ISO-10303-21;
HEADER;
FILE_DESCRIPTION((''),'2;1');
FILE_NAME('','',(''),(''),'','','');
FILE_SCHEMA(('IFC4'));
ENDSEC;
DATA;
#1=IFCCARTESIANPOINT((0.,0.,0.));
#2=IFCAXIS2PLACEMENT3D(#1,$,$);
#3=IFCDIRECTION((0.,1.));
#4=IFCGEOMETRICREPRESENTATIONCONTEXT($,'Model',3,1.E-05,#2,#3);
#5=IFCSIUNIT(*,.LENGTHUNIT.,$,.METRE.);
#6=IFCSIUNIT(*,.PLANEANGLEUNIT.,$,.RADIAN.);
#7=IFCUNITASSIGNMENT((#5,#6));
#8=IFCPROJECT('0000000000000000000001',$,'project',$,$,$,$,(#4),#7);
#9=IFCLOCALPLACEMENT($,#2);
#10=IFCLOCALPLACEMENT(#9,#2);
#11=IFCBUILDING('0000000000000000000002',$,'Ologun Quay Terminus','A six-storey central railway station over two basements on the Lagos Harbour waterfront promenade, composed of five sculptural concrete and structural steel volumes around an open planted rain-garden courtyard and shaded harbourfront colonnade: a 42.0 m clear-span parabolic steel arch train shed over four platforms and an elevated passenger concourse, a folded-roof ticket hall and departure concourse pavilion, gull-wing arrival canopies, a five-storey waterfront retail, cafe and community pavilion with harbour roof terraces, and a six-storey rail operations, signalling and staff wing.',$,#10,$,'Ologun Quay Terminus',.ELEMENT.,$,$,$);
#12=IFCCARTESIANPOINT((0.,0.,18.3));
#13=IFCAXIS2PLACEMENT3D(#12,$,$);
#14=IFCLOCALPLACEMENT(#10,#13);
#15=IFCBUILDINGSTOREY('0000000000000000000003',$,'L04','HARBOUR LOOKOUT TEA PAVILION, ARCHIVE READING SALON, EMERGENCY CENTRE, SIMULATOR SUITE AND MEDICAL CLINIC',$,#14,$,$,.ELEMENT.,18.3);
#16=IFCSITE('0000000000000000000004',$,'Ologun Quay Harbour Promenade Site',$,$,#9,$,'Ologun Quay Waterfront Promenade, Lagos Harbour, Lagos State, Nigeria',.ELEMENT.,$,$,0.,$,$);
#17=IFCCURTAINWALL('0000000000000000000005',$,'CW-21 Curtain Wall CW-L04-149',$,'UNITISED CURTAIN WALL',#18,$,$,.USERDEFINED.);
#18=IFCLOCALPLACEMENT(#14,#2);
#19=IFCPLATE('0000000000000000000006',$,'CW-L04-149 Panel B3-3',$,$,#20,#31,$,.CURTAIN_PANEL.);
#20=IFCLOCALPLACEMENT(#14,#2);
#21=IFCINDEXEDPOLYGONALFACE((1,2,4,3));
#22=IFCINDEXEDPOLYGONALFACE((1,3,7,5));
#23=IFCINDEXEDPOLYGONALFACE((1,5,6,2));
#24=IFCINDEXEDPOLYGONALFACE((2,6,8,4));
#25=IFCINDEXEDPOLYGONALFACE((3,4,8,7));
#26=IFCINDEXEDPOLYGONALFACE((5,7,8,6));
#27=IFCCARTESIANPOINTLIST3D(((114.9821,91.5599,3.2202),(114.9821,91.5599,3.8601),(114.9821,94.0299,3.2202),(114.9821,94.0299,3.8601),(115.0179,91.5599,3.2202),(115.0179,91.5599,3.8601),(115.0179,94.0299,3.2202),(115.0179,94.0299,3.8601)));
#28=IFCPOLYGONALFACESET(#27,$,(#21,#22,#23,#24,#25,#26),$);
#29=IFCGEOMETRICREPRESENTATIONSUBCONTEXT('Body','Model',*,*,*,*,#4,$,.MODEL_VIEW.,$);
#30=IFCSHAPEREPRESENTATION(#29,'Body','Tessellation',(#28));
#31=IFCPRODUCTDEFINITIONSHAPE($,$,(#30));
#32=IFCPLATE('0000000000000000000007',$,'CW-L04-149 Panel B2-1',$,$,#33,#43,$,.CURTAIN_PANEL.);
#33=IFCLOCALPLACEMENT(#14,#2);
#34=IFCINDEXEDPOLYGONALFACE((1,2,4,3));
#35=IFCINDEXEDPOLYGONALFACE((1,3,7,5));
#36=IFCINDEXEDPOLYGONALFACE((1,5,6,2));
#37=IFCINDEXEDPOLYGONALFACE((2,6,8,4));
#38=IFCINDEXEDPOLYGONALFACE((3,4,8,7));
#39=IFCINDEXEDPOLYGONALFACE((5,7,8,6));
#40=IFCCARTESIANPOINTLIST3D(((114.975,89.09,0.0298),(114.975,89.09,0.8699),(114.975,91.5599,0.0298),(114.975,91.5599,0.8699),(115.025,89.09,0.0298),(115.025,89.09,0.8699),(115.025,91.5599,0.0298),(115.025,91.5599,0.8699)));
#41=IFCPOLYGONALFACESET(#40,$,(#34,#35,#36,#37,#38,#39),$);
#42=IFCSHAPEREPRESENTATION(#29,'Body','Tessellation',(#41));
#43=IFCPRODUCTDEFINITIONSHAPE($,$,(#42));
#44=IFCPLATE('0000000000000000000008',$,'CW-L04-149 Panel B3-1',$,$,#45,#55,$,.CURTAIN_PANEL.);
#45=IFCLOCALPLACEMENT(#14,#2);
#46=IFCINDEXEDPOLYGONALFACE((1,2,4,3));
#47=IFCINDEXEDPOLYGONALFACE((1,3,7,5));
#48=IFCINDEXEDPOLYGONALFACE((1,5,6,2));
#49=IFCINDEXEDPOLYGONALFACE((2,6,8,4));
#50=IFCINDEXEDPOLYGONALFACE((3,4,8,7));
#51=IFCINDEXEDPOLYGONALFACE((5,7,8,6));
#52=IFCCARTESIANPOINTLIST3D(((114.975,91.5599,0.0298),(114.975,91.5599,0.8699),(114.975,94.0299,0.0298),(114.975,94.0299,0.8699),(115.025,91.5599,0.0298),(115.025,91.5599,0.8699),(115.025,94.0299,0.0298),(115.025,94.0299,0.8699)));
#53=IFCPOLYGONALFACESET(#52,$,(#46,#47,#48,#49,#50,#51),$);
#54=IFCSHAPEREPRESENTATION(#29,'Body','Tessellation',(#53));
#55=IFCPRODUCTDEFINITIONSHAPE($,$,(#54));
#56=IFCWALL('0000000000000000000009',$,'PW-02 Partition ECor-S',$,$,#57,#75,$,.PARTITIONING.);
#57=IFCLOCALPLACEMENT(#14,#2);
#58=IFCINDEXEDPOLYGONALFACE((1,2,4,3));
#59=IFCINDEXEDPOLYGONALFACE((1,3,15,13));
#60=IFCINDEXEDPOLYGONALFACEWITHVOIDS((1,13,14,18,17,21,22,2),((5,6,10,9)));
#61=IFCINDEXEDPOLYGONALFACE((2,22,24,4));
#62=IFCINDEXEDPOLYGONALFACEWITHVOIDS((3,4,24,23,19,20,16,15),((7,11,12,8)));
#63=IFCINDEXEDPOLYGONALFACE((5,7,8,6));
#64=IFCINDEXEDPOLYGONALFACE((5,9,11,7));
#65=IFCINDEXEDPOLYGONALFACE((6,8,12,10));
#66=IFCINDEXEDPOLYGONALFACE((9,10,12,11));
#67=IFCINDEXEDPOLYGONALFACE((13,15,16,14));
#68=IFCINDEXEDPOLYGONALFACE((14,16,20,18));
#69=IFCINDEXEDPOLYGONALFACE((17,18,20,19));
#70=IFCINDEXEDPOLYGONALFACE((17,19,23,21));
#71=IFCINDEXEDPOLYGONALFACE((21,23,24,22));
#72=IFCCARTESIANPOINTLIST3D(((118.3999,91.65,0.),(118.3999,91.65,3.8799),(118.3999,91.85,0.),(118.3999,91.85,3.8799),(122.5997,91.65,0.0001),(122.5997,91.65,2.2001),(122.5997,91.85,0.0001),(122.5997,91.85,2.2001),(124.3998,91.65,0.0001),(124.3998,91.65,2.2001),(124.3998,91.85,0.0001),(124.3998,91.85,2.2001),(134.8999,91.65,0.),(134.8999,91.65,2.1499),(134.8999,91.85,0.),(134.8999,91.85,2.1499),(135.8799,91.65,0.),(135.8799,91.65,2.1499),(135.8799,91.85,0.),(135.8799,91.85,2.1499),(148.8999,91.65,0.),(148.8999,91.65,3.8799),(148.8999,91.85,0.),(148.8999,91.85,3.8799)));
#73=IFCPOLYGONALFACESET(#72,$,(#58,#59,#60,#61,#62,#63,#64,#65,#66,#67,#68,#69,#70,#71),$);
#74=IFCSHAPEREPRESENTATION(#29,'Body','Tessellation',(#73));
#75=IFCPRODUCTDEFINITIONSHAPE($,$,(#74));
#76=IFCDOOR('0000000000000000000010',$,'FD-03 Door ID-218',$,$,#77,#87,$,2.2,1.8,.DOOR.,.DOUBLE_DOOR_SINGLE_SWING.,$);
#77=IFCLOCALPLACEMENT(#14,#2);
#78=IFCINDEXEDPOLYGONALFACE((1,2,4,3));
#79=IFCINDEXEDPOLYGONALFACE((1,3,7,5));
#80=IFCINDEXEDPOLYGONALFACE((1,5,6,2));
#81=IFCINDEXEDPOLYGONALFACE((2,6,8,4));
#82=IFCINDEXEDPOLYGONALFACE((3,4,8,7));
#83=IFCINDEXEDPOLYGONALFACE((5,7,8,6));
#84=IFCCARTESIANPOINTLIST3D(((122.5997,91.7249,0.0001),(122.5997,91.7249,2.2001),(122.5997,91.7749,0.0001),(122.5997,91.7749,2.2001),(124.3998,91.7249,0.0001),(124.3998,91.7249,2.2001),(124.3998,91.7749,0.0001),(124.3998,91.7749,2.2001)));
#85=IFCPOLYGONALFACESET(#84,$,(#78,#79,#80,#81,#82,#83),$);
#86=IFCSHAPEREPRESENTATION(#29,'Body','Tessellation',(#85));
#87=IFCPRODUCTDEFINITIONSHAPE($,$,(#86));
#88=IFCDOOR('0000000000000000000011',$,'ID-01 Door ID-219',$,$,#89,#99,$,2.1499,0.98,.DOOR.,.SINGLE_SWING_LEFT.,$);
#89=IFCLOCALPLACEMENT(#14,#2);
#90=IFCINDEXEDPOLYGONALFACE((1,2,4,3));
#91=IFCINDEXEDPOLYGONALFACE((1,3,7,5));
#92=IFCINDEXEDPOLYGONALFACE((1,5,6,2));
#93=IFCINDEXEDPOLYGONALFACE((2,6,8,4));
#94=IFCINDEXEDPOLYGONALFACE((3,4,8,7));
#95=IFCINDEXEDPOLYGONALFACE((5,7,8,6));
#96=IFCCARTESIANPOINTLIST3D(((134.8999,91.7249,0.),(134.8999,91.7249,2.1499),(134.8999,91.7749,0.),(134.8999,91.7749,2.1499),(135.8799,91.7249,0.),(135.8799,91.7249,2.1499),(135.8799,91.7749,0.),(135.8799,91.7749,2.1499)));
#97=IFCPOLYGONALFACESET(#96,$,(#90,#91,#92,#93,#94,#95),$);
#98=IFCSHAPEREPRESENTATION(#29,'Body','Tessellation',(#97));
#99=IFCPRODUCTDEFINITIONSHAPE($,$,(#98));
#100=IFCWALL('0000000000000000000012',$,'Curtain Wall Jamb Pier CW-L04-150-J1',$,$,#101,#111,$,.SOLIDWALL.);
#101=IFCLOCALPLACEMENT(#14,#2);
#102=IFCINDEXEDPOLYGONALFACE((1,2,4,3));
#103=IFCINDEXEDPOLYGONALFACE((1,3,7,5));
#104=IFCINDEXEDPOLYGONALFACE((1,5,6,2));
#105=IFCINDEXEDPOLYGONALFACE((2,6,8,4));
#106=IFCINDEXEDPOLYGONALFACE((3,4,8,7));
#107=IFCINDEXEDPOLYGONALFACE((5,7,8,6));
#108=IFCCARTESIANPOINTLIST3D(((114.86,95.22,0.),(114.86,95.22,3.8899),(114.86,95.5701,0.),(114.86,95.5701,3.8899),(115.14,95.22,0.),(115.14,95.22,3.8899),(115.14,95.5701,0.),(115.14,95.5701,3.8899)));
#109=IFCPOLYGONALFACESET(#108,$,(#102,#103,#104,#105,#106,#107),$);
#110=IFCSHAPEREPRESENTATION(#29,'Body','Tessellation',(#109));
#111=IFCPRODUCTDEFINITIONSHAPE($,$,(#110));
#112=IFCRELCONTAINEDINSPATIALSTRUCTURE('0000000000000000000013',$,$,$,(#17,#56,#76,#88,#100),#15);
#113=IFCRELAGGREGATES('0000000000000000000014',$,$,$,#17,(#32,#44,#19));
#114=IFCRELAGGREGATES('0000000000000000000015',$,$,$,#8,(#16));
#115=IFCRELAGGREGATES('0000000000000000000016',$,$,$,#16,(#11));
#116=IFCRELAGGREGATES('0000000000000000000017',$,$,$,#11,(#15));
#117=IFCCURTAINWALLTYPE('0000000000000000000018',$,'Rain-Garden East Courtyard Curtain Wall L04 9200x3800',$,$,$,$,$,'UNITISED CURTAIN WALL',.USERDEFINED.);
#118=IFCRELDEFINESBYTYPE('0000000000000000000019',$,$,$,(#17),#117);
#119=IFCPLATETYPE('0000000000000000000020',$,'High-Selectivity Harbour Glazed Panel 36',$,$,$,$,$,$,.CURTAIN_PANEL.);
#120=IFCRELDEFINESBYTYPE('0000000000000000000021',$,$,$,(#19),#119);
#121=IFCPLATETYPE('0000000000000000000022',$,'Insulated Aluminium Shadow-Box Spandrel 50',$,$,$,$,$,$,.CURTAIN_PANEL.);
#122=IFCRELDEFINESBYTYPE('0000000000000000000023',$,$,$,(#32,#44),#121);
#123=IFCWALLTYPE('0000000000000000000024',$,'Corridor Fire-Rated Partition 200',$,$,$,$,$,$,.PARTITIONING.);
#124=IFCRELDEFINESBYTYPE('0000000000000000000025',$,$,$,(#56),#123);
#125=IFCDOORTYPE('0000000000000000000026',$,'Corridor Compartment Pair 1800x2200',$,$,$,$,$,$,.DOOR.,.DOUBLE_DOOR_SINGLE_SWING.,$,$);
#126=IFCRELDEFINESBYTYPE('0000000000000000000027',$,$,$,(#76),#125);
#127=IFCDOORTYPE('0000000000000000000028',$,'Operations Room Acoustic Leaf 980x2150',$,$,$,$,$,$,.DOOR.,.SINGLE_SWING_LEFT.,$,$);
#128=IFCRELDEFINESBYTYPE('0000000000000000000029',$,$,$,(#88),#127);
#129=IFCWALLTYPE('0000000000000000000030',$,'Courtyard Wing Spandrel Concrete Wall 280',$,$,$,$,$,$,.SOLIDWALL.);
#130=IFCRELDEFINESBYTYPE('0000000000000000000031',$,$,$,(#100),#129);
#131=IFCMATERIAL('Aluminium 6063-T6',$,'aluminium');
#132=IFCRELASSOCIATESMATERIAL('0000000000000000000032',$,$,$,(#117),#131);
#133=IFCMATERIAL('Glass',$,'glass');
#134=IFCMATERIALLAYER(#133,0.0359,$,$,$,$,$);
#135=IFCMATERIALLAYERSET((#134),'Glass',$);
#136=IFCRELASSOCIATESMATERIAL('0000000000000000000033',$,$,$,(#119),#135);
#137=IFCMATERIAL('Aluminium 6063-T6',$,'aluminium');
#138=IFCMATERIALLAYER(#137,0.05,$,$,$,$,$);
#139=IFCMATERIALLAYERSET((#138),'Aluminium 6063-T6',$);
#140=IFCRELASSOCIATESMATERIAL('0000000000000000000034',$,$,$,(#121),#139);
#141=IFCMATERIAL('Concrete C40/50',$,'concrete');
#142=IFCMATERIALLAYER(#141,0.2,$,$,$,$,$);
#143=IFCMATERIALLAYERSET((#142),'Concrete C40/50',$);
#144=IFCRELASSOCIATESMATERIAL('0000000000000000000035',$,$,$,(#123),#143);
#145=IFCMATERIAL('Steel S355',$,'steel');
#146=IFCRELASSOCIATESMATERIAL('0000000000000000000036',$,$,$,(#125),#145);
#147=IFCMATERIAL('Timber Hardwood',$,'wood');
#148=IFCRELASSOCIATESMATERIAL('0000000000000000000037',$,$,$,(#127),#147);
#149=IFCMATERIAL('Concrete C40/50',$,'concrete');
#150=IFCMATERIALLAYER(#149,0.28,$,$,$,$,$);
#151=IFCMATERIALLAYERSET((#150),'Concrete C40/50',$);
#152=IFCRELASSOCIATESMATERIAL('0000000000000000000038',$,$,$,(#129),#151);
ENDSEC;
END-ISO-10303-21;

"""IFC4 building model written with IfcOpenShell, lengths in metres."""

from ifc_helpers import new_model, si_unit, direction, frame, frame_2d, origin, origin_2d, place, context, subcontext, project, spatial, rectangle, extrude, material, layer, layer_set, type_object, element, fill, aggregate, save


model = new_model("IFC4")

# Units and contexts
model_context = context("Model", 3, precision=1e-05, world=origin(), true_north=direction((0.0, 1.0)))
body_context = subcontext(model_context, "Body", "Model", "MODEL_VIEW")
ifc_project = project(units=[si_unit("LENGTHUNIT", "METRE"), si_unit("PLANEANGLEUNIT", "RADIAN")], contexts=[model_context])

# Site, building, storey
site_placement = place(None, origin())
site = spatial("IfcSite", under=ifc_project, at=site_placement, Name="Ologun Quay Harbour Promenade Site", LongName="Ologun Quay Waterfront Promenade, Lagos Harbour, Lagos State, Nigeria", CompositionType="ELEMENT", RefElevation=0.0)
building_placement = place(site_placement, origin())
building = spatial("IfcBuilding", under=site, at=building_placement, Name="Ologun Quay Terminus", Description="A six-storey central railway station over two basements on the Lagos Harbour waterfront promenade, composed of five sculptural concrete and structural steel volumes around an open planted rain-garden courtyard and shaded harbourfront colonnade: a 42.0 m clear-span parabolic steel arch train shed over four platforms and an elevated passenger concourse, a folded-roof ticket hall and departure concourse pavilion, gull-wing arrival canopies, a five-storey waterfront retail, cafe and community pavilion with harbour roof terraces, and a six-storey rail operations, signalling and staff wing.", LongName="Ologun Quay Terminus", CompositionType="ELEMENT")
storey_placement = place(building_placement, frame((0.0, 0.0, 18.3)))
storey = spatial("IfcBuildingStorey", under=building, at=storey_placement, Name="L04", Description="HARBOUR LOOKOUT TEA PAVILION, ARCHIVE READING SALON, EMERGENCY CENTRE, SIMULATOR SUITE AND MEDICAL CLINIC", CompositionType="ELEMENT", Elevation=18.3)

# Shared definitions
ifc_material_1 = material(Name="Aluminium 6063-T6", Category="aluminium")
curtain_wall_type = type_object("IfcCurtainWallType", Name="Rain-Garden East Courtyard Curtain Wall L04 9200x3800", ElementType="UNITISED CURTAIN WALL", PredefinedType="USERDEFINED", material=ifc_material_1)

# Curtain wall
curtain_wall_1_placement = place(storey_placement, origin())
curtain_wall_1 = element("IfcCurtainWall", 1, at=curtain_wall_1_placement, inside=storey, type_object=curtain_wall_type, Name="CW-21 Curtain Wall CW-L04-149", ObjectType="UNITISED CURTAIN WALL", PredefinedType="USERDEFINED")

# Plates
ifc_material_2 = material(Name="Glass", Category="glass")
ifc_layer_1 = layer(ifc_material_2, 0.0359)
ifc_layer_set_1 = layer_set([ifc_layer_1], Name="Glass")
plate_type_1 = type_object("IfcPlateType", Name="High-Selectivity Harbour Glazed Panel 36", PredefinedType="CURTAIN_PANEL", material=ifc_layer_set_1)
plate_1_placement = place(storey_placement, frame((115.0, 92.7949, 3.2202), z_axis=(0.0, 0.0, 1.0), x_axis=(0.0, 1.0, 0.0)))
plate_1 = element("IfcPlate", 2, at=plate_1_placement, type_object=plate_type_1, Name="CW-L04-149 Panel B3-3", PredefinedType="CURTAIN_PANEL", context=body_context, shape_type="SweptSolid", body=[
    extrude(rectangle(XDim=2.47, YDim=0.0359, at=origin_2d()), origin(), (0.0, 0.0, 1.0), 0.6399),
])
ifc_material_3 = material(Name="Aluminium 6063-T6", Category="aluminium")
ifc_layer_2 = layer(ifc_material_3, 0.05)
ifc_layer_set_2 = layer_set([ifc_layer_2], Name="Aluminium 6063-T6")
plate_type_2 = type_object("IfcPlateType", Name="Insulated Aluminium Shadow-Box Spandrel 50", PredefinedType="CURTAIN_PANEL", material=ifc_layer_set_2)
plate_2_placement = place(storey_placement, frame((115.0, 90.325, 0.0298), z_axis=(0.0, 0.0, 1.0), x_axis=(0.0, 1.0, 0.0)))
plate_2 = element("IfcPlate", 3, at=plate_2_placement, type_object=plate_type_2, Name="CW-L04-149 Panel B2-1", PredefinedType="CURTAIN_PANEL", context=body_context, shape_type="SweptSolid", body=[
    extrude(rectangle(XDim=2.47, YDim=0.05, at=origin_2d()), origin(), (0.0, 0.0, 1.0), 0.8401),
])
plate_3_placement = place(storey_placement, frame((115.0, 92.7949, 0.0298), z_axis=(0.0, 0.0, 1.0), x_axis=(0.0, 1.0, 0.0)))
plate_3 = element("IfcPlate", 4, at=plate_3_placement, type_object=plate_type_2, Name="CW-L04-149 Panel B3-1", PredefinedType="CURTAIN_PANEL", context=body_context, shape_type="SweptSolid", body=[
    extrude(rectangle(XDim=2.47, YDim=0.05, at=origin_2d()), origin(), (0.0, 0.0, 1.0), 0.8401),
])
aggregate(curtain_wall_1, [plate_2, plate_3, plate_1])

# Wall, openings, doors
ifc_material_4 = material(Name="Concrete C40/50", Category="concrete")
ifc_layer_3 = layer(ifc_material_4, 0.2)
ifc_layer_set_3 = layer_set([ifc_layer_3], Name="Concrete C40/50")
wall_type_1 = type_object("IfcWallType", Name="Corridor Fire-Rated Partition 200", PredefinedType="PARTITIONING", material=ifc_layer_set_3)
wall_1_placement = place(storey_placement, frame((118.3999, 91.75, 0.0), z_axis=(0.0, 0.0, 1.0), x_axis=(1.0, 0.0, 0.0)))
wall_1 = element("IfcWall", 5, at=wall_1_placement, inside=storey, type_object=wall_type_1, Name="PW-02 Partition ECor-S", PredefinedType="PARTITIONING", context=body_context, shape_type="SweptSolid", body=[
    extrude(rectangle(XDim=30.5, YDim=0.2, at=frame_2d((15.25, 0.0))), origin(), (0.0, 0.0, 1.0), 3.8799),
])
opening_1_placement = place(wall_1_placement, frame((4.2, 0.0, 0.0)))
opening_1 = element("IfcOpeningElement", 6, at=opening_1_placement, cuts=wall_1, PredefinedType="OPENING", context=body_context, shape_type="SweptSolid", body=[
    extrude(rectangle(XDim=1.8, YDim=2.2, at=frame_2d((0.8999, 1.1001))), frame((0.0, 0.1099, 0.0), z_axis=(0.0, -1.0, 0.0), x_axis=(1.0, 0.0, 0.0)), (0.0, 0.0, 1.0), 0.22),
])
opening_2_placement = place(wall_1_placement, frame((16.5, 0.0, 0.0)))
opening_2 = element("IfcOpeningElement", 7, at=opening_2_placement, cuts=wall_1, PredefinedType="OPENING", context=body_context, shape_type="SweptSolid", body=[
    extrude(rectangle(XDim=0.98, YDim=2.1499, at=frame_2d((0.49, 1.075))), frame((0.0, 0.1099, 0.0), z_axis=(0.0, -1.0, 0.0), x_axis=(1.0, 0.0, 0.0)), (0.0, 0.0, 1.0), 0.22),
])
ifc_material_5 = material(Name="Steel S355", Category="steel")
door_type_1 = type_object("IfcDoorType", Name="Corridor Compartment Pair 1800x2200", OperationType="DOUBLE_DOOR_SINGLE_SWING", PredefinedType="DOOR", material=ifc_material_5)
door_1_placement = place(opening_1_placement, origin())
door_1 = element("IfcDoor", 8, at=door_1_placement, inside=storey, type_object=door_type_1, Name="FD-03 Door ID-218", OperationType="DOUBLE_DOOR_SINGLE_SWING", OverallHeight=2.2, OverallWidth=1.8, PredefinedType="DOOR", context=body_context, shape_type="SweptSolid", body=[
    extrude(rectangle(XDim=1.8, YDim=2.2, at=frame_2d((0.8999, 1.1001))), frame((0.0, 0.0249, 0.0), z_axis=(0.0, -1.0, 0.0), x_axis=(1.0, 0.0, 0.0)), (0.0, 0.0, 1.0), 0.05),
])
fill(opening_1, door_1)
ifc_material_6 = material(Name="Timber Hardwood", Category="wood")
door_type_2 = type_object("IfcDoorType", Name="Operations Room Acoustic Leaf 980x2150", OperationType="SINGLE_SWING_LEFT", PredefinedType="DOOR", material=ifc_material_6)
door_2_placement = place(opening_2_placement, origin())
door_2 = element("IfcDoor", 9, at=door_2_placement, inside=storey, type_object=door_type_2, Name="ID-01 Door ID-219", OperationType="SINGLE_SWING_LEFT", OverallHeight=2.1499, OverallWidth=0.98, PredefinedType="DOOR", context=body_context, shape_type="SweptSolid", body=[
    extrude(rectangle(XDim=0.98, YDim=2.1499, at=frame_2d((0.49, 1.075))), frame((0.0, 0.0249, 0.0), z_axis=(0.0, -1.0, 0.0), x_axis=(1.0, 0.0, 0.0)), (0.0, 0.0, 1.0), 0.05),
])
fill(opening_2, door_2)

# Wall
ifc_material_7 = material(Name="Concrete C40/50", Category="concrete")
ifc_layer_4 = layer(ifc_material_7, 0.28)
ifc_layer_set_4 = layer_set([ifc_layer_4], Name="Concrete C40/50")
wall_type_2 = type_object("IfcWallType", Name="Courtyard Wing Spandrel Concrete Wall 280", PredefinedType="SOLIDWALL", material=ifc_layer_set_4)
wall_2_placement = place(storey_placement, frame((115.0, 95.22, 0.0), z_axis=(0.0, 0.0, 1.0), x_axis=(0.0, 1.0, 0.0)))
element("IfcWall", 10, at=wall_2_placement, inside=storey, type_object=wall_type_2, Name="Curtain Wall Jamb Pier CW-L04-150-J1", PredefinedType="SOLIDWALL", context=body_context, shape_type="SweptSolid", body=[
    extrude(rectangle(XDim=0.3501, YDim=0.28, at=frame_2d((0.175, 0.0))), origin(), (0.0, 0.0, 1.0), 3.8899),
])

save(model, "model.ifc")
